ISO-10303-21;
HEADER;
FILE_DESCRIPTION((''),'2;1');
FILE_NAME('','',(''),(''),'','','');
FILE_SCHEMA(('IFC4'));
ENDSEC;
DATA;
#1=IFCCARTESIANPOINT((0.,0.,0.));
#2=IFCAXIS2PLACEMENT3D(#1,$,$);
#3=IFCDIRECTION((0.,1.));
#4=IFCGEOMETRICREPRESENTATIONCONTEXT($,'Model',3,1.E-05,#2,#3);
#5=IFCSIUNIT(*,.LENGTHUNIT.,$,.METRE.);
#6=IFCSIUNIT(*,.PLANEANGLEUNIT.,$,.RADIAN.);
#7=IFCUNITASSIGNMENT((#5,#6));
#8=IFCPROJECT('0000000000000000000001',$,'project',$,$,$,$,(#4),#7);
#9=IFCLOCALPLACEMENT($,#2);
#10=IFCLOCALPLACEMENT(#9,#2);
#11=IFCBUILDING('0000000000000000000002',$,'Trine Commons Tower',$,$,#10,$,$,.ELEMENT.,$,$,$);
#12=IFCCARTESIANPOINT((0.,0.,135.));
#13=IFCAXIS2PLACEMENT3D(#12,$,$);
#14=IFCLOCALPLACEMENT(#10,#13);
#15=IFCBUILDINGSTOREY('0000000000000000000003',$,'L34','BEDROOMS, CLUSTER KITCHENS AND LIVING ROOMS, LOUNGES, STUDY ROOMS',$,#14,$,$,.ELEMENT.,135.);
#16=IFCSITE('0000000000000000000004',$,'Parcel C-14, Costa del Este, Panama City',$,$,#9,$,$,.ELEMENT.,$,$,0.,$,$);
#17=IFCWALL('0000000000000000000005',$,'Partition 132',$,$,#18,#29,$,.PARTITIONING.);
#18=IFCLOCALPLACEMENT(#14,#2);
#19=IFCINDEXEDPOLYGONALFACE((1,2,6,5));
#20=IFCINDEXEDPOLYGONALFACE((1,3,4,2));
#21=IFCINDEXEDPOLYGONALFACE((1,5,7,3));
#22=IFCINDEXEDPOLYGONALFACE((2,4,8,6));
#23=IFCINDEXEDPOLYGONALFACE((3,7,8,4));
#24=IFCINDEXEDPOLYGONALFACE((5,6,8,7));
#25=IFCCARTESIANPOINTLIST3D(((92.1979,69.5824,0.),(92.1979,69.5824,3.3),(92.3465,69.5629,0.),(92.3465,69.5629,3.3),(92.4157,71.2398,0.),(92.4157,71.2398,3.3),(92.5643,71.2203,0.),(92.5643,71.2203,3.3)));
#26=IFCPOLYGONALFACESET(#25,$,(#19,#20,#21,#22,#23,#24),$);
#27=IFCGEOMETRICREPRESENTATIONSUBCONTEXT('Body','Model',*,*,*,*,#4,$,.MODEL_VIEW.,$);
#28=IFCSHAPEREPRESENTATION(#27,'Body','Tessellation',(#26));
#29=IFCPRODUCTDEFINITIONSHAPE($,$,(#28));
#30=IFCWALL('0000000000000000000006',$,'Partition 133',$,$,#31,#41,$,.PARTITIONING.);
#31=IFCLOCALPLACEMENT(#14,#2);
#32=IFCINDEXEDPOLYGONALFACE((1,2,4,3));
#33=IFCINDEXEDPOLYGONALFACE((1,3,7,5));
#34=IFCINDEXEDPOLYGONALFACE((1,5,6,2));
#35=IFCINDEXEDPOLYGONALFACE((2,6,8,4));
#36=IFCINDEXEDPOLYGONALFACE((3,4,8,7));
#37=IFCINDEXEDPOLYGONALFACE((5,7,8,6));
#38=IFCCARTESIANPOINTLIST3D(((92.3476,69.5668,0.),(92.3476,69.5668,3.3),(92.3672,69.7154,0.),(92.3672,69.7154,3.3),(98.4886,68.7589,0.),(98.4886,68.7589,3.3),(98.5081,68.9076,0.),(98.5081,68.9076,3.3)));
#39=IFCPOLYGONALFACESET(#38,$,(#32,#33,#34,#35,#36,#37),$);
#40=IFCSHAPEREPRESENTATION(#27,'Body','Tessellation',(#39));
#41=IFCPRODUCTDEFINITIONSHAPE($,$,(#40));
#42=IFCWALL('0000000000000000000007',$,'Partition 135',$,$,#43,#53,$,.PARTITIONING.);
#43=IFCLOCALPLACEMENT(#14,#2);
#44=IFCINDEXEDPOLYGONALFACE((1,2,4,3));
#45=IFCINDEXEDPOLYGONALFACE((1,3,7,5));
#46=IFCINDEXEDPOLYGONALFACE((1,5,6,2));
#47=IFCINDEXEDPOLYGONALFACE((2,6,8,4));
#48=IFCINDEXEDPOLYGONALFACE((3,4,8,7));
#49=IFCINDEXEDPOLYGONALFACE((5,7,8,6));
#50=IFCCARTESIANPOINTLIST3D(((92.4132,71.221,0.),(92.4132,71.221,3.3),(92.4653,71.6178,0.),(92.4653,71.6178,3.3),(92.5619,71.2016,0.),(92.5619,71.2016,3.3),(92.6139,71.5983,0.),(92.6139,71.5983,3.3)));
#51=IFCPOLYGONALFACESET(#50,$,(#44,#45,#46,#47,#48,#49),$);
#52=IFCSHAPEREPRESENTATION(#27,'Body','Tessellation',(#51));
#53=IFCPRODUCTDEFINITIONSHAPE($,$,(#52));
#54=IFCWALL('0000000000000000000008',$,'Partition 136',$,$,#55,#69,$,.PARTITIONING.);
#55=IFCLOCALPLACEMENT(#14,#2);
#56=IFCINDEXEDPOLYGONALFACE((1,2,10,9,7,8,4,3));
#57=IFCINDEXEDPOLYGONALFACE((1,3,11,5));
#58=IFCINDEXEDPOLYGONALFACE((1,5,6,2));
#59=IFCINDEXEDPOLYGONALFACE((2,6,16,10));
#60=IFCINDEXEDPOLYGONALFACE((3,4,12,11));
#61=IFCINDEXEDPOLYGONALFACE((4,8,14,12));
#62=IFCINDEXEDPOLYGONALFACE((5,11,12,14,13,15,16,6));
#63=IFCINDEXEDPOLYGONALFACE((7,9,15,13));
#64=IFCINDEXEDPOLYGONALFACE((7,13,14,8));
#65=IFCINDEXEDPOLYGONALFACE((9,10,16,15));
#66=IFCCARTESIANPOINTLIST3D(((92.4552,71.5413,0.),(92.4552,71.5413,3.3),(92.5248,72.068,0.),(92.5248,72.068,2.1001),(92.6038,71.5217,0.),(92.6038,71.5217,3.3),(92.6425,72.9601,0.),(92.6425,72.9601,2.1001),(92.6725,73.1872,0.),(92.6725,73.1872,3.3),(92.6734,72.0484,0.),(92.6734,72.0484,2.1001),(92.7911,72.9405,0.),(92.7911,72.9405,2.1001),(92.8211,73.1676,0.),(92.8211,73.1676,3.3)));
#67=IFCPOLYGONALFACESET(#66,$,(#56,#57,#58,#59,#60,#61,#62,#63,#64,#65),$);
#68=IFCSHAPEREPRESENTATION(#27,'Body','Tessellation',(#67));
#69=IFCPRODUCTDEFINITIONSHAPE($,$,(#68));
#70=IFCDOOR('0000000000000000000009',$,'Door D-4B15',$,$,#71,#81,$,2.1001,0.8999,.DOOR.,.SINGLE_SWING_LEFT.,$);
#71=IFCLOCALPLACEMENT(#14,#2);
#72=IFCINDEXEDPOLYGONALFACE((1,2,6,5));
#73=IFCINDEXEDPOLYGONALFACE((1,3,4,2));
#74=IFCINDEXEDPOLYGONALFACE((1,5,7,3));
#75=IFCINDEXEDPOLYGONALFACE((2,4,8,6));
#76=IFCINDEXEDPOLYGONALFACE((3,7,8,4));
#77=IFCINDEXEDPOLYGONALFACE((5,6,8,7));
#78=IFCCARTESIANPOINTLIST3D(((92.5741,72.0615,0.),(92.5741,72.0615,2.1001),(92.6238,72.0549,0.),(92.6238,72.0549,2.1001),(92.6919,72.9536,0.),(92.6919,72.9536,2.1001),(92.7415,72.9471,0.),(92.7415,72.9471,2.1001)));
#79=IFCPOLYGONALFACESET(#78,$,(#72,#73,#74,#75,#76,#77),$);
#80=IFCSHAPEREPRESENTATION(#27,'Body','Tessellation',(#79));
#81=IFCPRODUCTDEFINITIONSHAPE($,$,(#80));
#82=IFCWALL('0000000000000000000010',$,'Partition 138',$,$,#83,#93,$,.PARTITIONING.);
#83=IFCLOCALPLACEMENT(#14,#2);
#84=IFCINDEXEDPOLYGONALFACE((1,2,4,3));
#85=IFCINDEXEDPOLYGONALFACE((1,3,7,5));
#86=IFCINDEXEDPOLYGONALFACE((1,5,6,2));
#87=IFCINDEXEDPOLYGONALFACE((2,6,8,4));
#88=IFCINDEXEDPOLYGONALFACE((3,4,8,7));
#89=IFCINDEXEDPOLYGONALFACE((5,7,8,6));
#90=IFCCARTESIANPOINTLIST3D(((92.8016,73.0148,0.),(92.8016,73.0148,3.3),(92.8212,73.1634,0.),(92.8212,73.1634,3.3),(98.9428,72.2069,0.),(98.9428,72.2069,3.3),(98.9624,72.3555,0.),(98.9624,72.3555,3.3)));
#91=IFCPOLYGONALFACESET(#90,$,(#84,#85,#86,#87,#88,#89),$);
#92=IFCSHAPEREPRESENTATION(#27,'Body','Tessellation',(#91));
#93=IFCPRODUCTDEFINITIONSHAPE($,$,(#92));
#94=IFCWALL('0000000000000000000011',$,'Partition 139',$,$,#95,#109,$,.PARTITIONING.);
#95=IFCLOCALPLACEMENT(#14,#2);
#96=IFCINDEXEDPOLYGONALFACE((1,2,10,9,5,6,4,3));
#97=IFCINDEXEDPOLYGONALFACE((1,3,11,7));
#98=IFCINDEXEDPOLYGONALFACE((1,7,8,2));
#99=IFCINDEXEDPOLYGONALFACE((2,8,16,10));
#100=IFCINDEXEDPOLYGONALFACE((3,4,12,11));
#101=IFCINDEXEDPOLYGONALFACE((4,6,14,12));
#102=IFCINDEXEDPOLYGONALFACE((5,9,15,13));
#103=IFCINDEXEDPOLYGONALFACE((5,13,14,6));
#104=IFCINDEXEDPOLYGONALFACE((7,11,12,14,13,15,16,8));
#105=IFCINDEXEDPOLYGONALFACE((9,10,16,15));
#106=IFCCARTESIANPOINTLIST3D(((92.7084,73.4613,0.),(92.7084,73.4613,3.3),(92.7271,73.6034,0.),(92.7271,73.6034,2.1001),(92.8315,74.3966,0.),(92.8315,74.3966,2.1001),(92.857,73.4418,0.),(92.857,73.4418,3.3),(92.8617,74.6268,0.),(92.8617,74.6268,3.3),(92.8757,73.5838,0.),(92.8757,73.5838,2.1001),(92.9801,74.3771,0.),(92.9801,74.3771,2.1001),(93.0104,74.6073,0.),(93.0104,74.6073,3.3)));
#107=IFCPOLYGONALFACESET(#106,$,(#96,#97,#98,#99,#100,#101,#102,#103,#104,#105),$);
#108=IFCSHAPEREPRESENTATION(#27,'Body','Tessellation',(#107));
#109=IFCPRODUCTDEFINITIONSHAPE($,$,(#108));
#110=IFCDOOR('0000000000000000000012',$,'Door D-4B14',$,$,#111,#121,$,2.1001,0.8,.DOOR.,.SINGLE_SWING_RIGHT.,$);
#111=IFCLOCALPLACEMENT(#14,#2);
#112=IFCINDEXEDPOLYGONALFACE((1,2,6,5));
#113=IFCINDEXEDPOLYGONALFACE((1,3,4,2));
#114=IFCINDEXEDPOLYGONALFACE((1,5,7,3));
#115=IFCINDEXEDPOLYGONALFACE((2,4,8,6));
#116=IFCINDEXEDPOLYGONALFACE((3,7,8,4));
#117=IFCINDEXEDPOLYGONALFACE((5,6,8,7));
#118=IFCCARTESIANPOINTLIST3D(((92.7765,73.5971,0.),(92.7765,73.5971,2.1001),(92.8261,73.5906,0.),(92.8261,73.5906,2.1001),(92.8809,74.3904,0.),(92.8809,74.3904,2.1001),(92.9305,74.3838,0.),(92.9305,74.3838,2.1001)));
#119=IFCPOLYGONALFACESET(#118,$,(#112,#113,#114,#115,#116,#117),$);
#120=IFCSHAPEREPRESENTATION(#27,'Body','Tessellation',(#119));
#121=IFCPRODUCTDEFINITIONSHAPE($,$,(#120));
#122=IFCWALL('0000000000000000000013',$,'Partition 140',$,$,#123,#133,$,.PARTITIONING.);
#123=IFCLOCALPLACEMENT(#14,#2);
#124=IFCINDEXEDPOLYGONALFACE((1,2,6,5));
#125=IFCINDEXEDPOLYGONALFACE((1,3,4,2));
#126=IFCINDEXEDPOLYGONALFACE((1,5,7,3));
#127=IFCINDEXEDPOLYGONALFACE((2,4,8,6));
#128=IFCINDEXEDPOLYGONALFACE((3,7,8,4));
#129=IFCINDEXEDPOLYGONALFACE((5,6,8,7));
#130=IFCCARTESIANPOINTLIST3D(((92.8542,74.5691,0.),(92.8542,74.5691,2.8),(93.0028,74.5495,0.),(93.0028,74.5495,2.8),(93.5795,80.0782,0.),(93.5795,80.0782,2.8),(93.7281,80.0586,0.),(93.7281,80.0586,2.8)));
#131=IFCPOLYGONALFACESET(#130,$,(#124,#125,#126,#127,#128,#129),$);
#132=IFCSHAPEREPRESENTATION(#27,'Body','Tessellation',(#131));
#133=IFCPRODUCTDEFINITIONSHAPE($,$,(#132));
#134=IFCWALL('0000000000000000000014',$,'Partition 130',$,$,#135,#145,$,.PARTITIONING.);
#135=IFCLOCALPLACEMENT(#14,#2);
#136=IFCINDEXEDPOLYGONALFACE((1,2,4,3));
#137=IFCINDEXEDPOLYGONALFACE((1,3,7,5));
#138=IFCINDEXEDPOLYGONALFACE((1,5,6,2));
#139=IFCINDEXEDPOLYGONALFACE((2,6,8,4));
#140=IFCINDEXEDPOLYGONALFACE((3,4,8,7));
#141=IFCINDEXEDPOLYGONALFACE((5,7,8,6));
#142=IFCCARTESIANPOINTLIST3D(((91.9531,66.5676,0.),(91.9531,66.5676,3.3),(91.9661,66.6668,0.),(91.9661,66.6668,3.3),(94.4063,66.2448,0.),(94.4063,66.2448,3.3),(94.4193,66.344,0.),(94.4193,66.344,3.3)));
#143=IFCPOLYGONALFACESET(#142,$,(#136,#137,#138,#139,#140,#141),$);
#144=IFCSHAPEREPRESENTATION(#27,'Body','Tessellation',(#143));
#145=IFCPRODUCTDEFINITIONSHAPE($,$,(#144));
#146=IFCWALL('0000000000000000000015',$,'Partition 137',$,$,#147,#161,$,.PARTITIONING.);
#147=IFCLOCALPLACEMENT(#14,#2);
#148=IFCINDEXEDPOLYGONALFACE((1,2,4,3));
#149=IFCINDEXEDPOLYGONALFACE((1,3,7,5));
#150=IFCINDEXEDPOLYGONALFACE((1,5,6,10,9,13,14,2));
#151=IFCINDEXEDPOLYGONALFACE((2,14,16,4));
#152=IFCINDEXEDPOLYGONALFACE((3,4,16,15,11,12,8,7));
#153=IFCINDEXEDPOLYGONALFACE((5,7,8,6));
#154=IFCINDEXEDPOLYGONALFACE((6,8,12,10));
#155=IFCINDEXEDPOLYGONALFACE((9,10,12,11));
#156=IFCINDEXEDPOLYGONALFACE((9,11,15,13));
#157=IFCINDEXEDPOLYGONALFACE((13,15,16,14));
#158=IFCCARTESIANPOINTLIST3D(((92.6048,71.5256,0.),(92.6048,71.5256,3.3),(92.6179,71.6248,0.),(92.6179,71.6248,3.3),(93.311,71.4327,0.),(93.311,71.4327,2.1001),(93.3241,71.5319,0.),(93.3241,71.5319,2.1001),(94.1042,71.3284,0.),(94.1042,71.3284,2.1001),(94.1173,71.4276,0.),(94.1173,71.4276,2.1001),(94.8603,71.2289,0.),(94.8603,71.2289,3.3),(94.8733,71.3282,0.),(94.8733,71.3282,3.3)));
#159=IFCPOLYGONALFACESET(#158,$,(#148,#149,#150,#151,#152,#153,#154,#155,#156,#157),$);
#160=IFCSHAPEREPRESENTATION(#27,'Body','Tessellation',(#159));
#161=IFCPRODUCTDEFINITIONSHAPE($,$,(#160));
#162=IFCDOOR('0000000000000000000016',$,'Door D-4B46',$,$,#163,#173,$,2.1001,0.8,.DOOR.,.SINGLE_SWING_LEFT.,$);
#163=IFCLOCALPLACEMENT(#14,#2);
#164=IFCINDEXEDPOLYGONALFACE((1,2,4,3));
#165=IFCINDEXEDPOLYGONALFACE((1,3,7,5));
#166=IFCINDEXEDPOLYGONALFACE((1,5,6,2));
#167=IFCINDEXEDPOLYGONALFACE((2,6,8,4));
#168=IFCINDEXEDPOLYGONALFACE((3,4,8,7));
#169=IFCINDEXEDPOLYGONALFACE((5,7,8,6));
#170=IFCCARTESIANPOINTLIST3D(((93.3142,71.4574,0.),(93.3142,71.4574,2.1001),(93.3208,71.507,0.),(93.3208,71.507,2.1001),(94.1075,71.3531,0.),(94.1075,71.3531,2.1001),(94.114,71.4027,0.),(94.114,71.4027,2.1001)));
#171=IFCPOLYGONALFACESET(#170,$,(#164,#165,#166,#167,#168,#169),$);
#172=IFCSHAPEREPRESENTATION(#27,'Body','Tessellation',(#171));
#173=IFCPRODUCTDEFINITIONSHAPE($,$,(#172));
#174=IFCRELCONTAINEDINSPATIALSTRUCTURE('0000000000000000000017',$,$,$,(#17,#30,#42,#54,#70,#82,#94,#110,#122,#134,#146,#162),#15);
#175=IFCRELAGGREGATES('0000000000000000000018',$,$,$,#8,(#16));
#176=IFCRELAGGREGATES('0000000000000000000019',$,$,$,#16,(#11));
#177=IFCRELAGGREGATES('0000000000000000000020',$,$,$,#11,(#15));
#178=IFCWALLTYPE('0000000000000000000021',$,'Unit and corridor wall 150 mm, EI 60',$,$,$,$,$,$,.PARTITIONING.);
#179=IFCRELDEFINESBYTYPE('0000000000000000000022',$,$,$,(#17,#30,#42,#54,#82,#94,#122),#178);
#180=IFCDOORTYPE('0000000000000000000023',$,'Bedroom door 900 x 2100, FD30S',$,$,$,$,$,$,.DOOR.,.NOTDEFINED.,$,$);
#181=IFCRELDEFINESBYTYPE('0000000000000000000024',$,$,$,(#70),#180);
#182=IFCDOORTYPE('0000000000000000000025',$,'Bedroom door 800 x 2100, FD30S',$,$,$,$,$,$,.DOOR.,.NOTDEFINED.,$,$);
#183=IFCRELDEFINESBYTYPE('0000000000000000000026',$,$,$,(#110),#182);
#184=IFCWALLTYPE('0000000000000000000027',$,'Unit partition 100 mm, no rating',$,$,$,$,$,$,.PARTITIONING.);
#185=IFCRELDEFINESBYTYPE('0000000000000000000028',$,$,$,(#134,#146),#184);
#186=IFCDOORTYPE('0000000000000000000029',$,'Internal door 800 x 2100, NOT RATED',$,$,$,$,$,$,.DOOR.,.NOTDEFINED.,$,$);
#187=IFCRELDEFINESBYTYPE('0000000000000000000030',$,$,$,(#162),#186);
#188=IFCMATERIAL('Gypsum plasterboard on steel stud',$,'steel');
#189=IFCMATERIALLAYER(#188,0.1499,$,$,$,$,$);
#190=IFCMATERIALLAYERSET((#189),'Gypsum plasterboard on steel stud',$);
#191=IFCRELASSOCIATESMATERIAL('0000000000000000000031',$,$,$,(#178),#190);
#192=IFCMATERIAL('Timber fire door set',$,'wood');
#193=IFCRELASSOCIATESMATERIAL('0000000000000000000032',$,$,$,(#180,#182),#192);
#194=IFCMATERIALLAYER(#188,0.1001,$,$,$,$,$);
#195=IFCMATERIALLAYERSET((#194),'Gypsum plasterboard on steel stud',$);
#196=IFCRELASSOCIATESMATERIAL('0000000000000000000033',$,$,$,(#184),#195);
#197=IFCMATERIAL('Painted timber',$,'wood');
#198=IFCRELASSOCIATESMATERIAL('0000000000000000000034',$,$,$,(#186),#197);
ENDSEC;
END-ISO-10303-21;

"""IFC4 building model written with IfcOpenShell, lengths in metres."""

from ifc_helpers import new_model, si_unit, direction, frame, frame_2d, origin, place, context, subcontext, project, spatial, rectangle, extrude, material, layer, layer_set, type_object, element, fill, save


model = new_model("IFC4")

# Units and contexts
model_context = context("Model", 3, precision=1e-05, world=origin(), true_north=direction((0.0, 1.0)))
body_context = subcontext(model_context, "Body", "Model", "MODEL_VIEW")
ifc_project = project(units=[si_unit("LENGTHUNIT", "METRE"), si_unit("PLANEANGLEUNIT", "RADIAN")], contexts=[model_context])

# Site, building, storey
site_placement = place(None, origin())
site = spatial("IfcSite", under=ifc_project, at=site_placement, Name="Parcel C-14, Costa del Este, Panama City", CompositionType="ELEMENT", RefElevation=0.0)
building_placement = place(site_placement, origin())
building = spatial("IfcBuilding", under=site, at=building_placement, Name="Trine Commons Tower", CompositionType="ELEMENT")
storey_placement = place(building_placement, frame((0.0, 0.0, 135.0)))
storey = spatial("IfcBuildingStorey", under=building, at=storey_placement, Name="L34", Description="BEDROOMS, CLUSTER KITCHENS AND LIVING ROOMS, LOUNGES, STUDY ROOMS", CompositionType="ELEMENT", Elevation=135.0)

# Shared definitions
ifc_material_1 = material(Name="Gypsum plasterboard on steel stud", Category="steel")
ifc_layer_1 = layer(ifc_material_1, 0.1499)
ifc_layer_set_1 = layer_set([ifc_layer_1], Name="Gypsum plasterboard on steel stud")
wall_type_1 = type_object("IfcWallType", Name="Unit and corridor wall 150 mm, EI 60", PredefinedType="PARTITIONING", material=ifc_layer_set_1)

# Shared definitions
ifc_material_2 = material(Name="Timber fire door set", Category="wood")

# Walls
wall_1_placement = place(storey_placement, frame((92.2722, 69.5725, 0.0), z_axis=(0.0, 0.0, 1.0), x_axis=(0.130269, 0.991479, 0.0)))
element("IfcWall", 1, at=wall_1_placement, inside=storey, type_object=wall_type_1, Name="Partition 132", PredefinedType="PARTITIONING", context=body_context, shape_type="SweptSolid", body=[
    extrude(rectangle(XDim=1.6716, YDim=0.1499, at=frame_2d((0.8359, 0.0))), origin(), (0.0, 0.0, 1.0), 3.3),
])
wall_2_placement = place(storey_placement, frame((92.3574, 69.6411, 0.0), z_axis=(0.0, 0.0, 1.0), x_axis=(0.991457, -0.130431, 0.0)))
element("IfcWall", 2, at=wall_2_placement, inside=storey, type_object=wall_type_1, Name="Partition 133", PredefinedType="PARTITIONING", context=body_context, shape_type="SweptSolid", body=[
    extrude(rectangle(XDim=6.1938, YDim=0.1499, at=frame_2d((3.0969, 0.0))), origin(), (0.0, 0.0, 1.0), 3.3),
])
wall_3_placement = place(storey_placement, frame((92.4875, 71.2112, 0.0), z_axis=(0.0, 0.0, 1.0), x_axis=(0.129965, 0.991519, 0.0)))
element("IfcWall", 3, at=wall_3_placement, inside=storey, type_object=wall_type_1, Name="Partition 135", PredefinedType="PARTITIONING", context=body_context, shape_type="SweptSolid", body=[
    extrude(rectangle(XDim=0.4001, YDim=0.1499, at=frame_2d((0.2002, 0.0))), origin(), (0.0, 0.0, 1.0), 3.3),
])

# Wall, opening, door
wall_4_placement = place(storey_placement, frame((92.5295, 71.5315, 0.0), z_axis=(0.0, 0.0, 1.0), x_axis=(0.130873, 0.991399, 0.0)))
wall_4 = element("IfcWall", 4, at=wall_4_placement, inside=storey, type_object=wall_type_1, Name="Partition 136", PredefinedType="PARTITIONING", context=body_context, shape_type="SweptSolid", body=[
    extrude(rectangle(XDim=1.6602, YDim=0.1499, at=frame_2d((0.8301, 0.0))), origin(), (0.0, 0.0, 1.0), 3.3),
])
opening_1_placement = place(wall_4_placement, frame((0.5312, 0.0, 0.0)))
opening_1 = element("IfcOpeningElement", 5, at=opening_1_placement, cuts=wall_4, PredefinedType="OPENING", context=body_context, shape_type="SweptSolid", body=[
    extrude(rectangle(XDim=0.8999, YDim=2.1001, at=frame_2d((0.45, 1.05))), frame((0.0, 0.085, 0.0), z_axis=(0.0, -1.0, 0.0), x_axis=(1.0, 0.0, 0.0)), (0.0, 0.0, 1.0), 0.1699),
])
door_type_1 = type_object("IfcDoorType", Name="Bedroom door 900 x 2100, FD30S", OperationType="NOTDEFINED", PredefinedType="DOOR", material=ifc_material_2)
door_1_placement = place(opening_1_placement, frame((0.8999, 0.0, 0.0), z_axis=(0.0, 0.0, 1.0), x_axis=(-1.0, 0.0, 0.0)))
door_1 = element("IfcDoor", 6, at=door_1_placement, inside=storey, type_object=door_type_1, Name="Door D-4B15", OperationType="SINGLE_SWING_LEFT", OverallHeight=2.1001, OverallWidth=0.8999, PredefinedType="DOOR", context=body_context, shape_type="SweptSolid", body=[
    extrude(rectangle(XDim=0.8999, YDim=2.1001, at=frame_2d((0.45, 1.05))), frame((0.0, 0.0249, 0.0), z_axis=(0.0, -1.0, 0.0), x_axis=(1.0, 0.0, 0.0)), (0.0, 0.0, 1.0), 0.05),
])
fill(opening_1, door_1)

# Wall
wall_5_placement = place(storey_placement, frame((92.8113, 73.0891, 0.0), z_axis=(0.0, 0.0, 1.0), x_axis=(0.991458, -0.130426, 0.0)))
element("IfcWall", 7, at=wall_5_placement, inside=storey, type_object=wall_type_1, Name="Partition 138", PredefinedType="PARTITIONING", context=body_context, shape_type="SweptSolid", body=[
    extrude(rectangle(XDim=6.1941, YDim=0.1499, at=frame_2d((3.0972, 0.0))), origin(), (0.0, 0.0, 1.0), 3.3),
])

# Wall, opening, door
wall_6_placement = place(storey_placement, frame((92.7827, 73.4514, 0.0), z_axis=(0.0, 0.0, 1.0), x_axis=(0.130422, 0.991459, 0.0)))
wall_6 = element("IfcWall", 8, at=wall_6_placement, inside=storey, type_object=wall_type_1, Name="Partition 139", PredefinedType="PARTITIONING", context=body_context, shape_type="SweptSolid", body=[
    extrude(rectangle(XDim=1.1755, YDim=0.1499, at=frame_2d((0.5879, 0.0))), origin(), (0.0, 0.0, 1.0), 3.3),
])
opening_2_placement = place(wall_6_placement, frame((0.1436, 0.0, 0.0)))
opening_2 = element("IfcOpeningElement", 9, at=opening_2_placement, cuts=wall_6, PredefinedType="OPENING", context=body_context, shape_type="SweptSolid", body=[
    extrude(rectangle(XDim=0.8, YDim=2.1001, at=frame_2d((0.3999, 1.05))), frame((0.0, 0.085, 0.0), z_axis=(0.0, -1.0, 0.0), x_axis=(1.0, 0.0, 0.0)), (0.0, 0.0, 1.0), 0.1699),
])
door_type_2 = type_object("IfcDoorType", Name="Bedroom door 800 x 2100, FD30S", OperationType="NOTDEFINED", PredefinedType="DOOR", material=ifc_material_2)
door_2_placement = place(opening_2_placement, frame((0.8, 0.0, 0.0), z_axis=(0.0, 0.0, 1.0), x_axis=(-1.0, 0.0, 0.0)))
door_2 = element("IfcDoor", 10, at=door_2_placement, inside=storey, type_object=door_type_2, Name="Door D-4B14", OperationType="SINGLE_SWING_RIGHT", OverallHeight=2.1001, OverallWidth=0.8, PredefinedType="DOOR", context=body_context, shape_type="SweptSolid", body=[
    extrude(rectangle(XDim=0.8, YDim=2.1001, at=frame_2d((0.3999, 1.05))), frame((0.0, 0.0249, 0.0), z_axis=(0.0, -1.0, 0.0), x_axis=(1.0, 0.0, 0.0)), (0.0, 0.0, 1.0), 0.05),
])
fill(opening_2, door_2)

# Walls
wall_7_placement = place(storey_placement, frame((92.9285, 74.5593, 0.0), z_axis=(0.0, 0.0, 1.0), x_axis=(0.130537, 0.991443, 0.0)))
element("IfcWall", 11, at=wall_7_placement, inside=storey, type_object=wall_type_1, Name="Partition 140", PredefinedType="PARTITIONING", context=body_context, shape_type="SweptSolid", body=[
    extrude(rectangle(XDim=5.5566, YDim=0.1499, at=frame_2d((2.7783, 0.0))), origin(), (0.0, 0.0, 1.0), 2.8),
])
ifc_layer_2 = layer(ifc_material_1, 0.1001)
ifc_layer_set_2 = layer_set([ifc_layer_2], Name="Gypsum plasterboard on steel stud")
wall_type_2 = type_object("IfcWallType", Name="Unit partition 100 mm, no rating", PredefinedType="PARTITIONING", material=ifc_layer_set_2)
wall_8_placement = place(storey_placement, frame((91.9595, 66.6172, 0.0), z_axis=(0.0, 0.0, 1.0), x_axis=(0.991456, -0.130444, 0.0)))
element("IfcWall", 12, at=wall_8_placement, inside=storey, type_object=wall_type_2, Name="Partition 130", PredefinedType="PARTITIONING", context=body_context, shape_type="SweptSolid", body=[
    extrude(rectangle(XDim=2.4744, YDim=0.1001, at=frame_2d((1.2373, 0.0))), origin(), (0.0, 0.0, 1.0), 3.3),
])

# Wall, opening, door
wall_9_placement = place(storey_placement, frame((92.6113, 71.5752, 0.0), z_axis=(0.0, 0.0, 1.0), x_axis=(0.991462, -0.130399, 0.0)))
wall_9 = element("IfcWall", 13, at=wall_9_placement, inside=storey, type_object=wall_type_2, Name="Partition 137", PredefinedType="PARTITIONING", context=body_context, shape_type="SweptSolid", body=[
    extrude(rectangle(XDim=2.2749, YDim=0.1001, at=frame_2d((1.1375, 0.0))), origin(), (0.0, 0.0, 1.0), 3.3),
])
opening_3_placement = place(wall_9_placement, frame((0.7124, 0.0, 0.0)))
opening_3 = element("IfcOpeningElement", 14, at=opening_3_placement, cuts=wall_9, PredefinedType="OPENING", context=body_context, shape_type="SweptSolid", body=[
    extrude(rectangle(XDim=0.8, YDim=2.1001, at=frame_2d((0.3999, 1.05))), frame((0.0, 0.0601, 0.0), z_axis=(0.0, -1.0, 0.0), x_axis=(1.0, 0.0, 0.0)), (0.0, 0.0, 1.0), 0.1201),
])
ifc_material_3 = material(Name="Painted timber", Category="wood")
door_type_3 = type_object("IfcDoorType", Name="Internal door 800 x 2100, NOT RATED", OperationType="NOTDEFINED", PredefinedType="DOOR", material=ifc_material_3)
door_3_placement = place(opening_3_placement, origin())
door_3 = element("IfcDoor", 15, at=door_3_placement, inside=storey, type_object=door_type_3, Name="Door D-4B46", OperationType="SINGLE_SWING_LEFT", OverallHeight=2.1001, OverallWidth=0.8, PredefinedType="DOOR", context=body_context, shape_type="SweptSolid", body=[
    extrude(rectangle(XDim=0.8, YDim=2.1001, at=frame_2d((0.3999, 1.05))), frame((0.0, 0.0249, 0.0), z_axis=(0.0, -1.0, 0.0), x_axis=(1.0, 0.0, 0.0)), (0.0, 0.0, 1.0), 0.05),
])
fill(opening_3, door_3)

save(model, "model.ifc")
